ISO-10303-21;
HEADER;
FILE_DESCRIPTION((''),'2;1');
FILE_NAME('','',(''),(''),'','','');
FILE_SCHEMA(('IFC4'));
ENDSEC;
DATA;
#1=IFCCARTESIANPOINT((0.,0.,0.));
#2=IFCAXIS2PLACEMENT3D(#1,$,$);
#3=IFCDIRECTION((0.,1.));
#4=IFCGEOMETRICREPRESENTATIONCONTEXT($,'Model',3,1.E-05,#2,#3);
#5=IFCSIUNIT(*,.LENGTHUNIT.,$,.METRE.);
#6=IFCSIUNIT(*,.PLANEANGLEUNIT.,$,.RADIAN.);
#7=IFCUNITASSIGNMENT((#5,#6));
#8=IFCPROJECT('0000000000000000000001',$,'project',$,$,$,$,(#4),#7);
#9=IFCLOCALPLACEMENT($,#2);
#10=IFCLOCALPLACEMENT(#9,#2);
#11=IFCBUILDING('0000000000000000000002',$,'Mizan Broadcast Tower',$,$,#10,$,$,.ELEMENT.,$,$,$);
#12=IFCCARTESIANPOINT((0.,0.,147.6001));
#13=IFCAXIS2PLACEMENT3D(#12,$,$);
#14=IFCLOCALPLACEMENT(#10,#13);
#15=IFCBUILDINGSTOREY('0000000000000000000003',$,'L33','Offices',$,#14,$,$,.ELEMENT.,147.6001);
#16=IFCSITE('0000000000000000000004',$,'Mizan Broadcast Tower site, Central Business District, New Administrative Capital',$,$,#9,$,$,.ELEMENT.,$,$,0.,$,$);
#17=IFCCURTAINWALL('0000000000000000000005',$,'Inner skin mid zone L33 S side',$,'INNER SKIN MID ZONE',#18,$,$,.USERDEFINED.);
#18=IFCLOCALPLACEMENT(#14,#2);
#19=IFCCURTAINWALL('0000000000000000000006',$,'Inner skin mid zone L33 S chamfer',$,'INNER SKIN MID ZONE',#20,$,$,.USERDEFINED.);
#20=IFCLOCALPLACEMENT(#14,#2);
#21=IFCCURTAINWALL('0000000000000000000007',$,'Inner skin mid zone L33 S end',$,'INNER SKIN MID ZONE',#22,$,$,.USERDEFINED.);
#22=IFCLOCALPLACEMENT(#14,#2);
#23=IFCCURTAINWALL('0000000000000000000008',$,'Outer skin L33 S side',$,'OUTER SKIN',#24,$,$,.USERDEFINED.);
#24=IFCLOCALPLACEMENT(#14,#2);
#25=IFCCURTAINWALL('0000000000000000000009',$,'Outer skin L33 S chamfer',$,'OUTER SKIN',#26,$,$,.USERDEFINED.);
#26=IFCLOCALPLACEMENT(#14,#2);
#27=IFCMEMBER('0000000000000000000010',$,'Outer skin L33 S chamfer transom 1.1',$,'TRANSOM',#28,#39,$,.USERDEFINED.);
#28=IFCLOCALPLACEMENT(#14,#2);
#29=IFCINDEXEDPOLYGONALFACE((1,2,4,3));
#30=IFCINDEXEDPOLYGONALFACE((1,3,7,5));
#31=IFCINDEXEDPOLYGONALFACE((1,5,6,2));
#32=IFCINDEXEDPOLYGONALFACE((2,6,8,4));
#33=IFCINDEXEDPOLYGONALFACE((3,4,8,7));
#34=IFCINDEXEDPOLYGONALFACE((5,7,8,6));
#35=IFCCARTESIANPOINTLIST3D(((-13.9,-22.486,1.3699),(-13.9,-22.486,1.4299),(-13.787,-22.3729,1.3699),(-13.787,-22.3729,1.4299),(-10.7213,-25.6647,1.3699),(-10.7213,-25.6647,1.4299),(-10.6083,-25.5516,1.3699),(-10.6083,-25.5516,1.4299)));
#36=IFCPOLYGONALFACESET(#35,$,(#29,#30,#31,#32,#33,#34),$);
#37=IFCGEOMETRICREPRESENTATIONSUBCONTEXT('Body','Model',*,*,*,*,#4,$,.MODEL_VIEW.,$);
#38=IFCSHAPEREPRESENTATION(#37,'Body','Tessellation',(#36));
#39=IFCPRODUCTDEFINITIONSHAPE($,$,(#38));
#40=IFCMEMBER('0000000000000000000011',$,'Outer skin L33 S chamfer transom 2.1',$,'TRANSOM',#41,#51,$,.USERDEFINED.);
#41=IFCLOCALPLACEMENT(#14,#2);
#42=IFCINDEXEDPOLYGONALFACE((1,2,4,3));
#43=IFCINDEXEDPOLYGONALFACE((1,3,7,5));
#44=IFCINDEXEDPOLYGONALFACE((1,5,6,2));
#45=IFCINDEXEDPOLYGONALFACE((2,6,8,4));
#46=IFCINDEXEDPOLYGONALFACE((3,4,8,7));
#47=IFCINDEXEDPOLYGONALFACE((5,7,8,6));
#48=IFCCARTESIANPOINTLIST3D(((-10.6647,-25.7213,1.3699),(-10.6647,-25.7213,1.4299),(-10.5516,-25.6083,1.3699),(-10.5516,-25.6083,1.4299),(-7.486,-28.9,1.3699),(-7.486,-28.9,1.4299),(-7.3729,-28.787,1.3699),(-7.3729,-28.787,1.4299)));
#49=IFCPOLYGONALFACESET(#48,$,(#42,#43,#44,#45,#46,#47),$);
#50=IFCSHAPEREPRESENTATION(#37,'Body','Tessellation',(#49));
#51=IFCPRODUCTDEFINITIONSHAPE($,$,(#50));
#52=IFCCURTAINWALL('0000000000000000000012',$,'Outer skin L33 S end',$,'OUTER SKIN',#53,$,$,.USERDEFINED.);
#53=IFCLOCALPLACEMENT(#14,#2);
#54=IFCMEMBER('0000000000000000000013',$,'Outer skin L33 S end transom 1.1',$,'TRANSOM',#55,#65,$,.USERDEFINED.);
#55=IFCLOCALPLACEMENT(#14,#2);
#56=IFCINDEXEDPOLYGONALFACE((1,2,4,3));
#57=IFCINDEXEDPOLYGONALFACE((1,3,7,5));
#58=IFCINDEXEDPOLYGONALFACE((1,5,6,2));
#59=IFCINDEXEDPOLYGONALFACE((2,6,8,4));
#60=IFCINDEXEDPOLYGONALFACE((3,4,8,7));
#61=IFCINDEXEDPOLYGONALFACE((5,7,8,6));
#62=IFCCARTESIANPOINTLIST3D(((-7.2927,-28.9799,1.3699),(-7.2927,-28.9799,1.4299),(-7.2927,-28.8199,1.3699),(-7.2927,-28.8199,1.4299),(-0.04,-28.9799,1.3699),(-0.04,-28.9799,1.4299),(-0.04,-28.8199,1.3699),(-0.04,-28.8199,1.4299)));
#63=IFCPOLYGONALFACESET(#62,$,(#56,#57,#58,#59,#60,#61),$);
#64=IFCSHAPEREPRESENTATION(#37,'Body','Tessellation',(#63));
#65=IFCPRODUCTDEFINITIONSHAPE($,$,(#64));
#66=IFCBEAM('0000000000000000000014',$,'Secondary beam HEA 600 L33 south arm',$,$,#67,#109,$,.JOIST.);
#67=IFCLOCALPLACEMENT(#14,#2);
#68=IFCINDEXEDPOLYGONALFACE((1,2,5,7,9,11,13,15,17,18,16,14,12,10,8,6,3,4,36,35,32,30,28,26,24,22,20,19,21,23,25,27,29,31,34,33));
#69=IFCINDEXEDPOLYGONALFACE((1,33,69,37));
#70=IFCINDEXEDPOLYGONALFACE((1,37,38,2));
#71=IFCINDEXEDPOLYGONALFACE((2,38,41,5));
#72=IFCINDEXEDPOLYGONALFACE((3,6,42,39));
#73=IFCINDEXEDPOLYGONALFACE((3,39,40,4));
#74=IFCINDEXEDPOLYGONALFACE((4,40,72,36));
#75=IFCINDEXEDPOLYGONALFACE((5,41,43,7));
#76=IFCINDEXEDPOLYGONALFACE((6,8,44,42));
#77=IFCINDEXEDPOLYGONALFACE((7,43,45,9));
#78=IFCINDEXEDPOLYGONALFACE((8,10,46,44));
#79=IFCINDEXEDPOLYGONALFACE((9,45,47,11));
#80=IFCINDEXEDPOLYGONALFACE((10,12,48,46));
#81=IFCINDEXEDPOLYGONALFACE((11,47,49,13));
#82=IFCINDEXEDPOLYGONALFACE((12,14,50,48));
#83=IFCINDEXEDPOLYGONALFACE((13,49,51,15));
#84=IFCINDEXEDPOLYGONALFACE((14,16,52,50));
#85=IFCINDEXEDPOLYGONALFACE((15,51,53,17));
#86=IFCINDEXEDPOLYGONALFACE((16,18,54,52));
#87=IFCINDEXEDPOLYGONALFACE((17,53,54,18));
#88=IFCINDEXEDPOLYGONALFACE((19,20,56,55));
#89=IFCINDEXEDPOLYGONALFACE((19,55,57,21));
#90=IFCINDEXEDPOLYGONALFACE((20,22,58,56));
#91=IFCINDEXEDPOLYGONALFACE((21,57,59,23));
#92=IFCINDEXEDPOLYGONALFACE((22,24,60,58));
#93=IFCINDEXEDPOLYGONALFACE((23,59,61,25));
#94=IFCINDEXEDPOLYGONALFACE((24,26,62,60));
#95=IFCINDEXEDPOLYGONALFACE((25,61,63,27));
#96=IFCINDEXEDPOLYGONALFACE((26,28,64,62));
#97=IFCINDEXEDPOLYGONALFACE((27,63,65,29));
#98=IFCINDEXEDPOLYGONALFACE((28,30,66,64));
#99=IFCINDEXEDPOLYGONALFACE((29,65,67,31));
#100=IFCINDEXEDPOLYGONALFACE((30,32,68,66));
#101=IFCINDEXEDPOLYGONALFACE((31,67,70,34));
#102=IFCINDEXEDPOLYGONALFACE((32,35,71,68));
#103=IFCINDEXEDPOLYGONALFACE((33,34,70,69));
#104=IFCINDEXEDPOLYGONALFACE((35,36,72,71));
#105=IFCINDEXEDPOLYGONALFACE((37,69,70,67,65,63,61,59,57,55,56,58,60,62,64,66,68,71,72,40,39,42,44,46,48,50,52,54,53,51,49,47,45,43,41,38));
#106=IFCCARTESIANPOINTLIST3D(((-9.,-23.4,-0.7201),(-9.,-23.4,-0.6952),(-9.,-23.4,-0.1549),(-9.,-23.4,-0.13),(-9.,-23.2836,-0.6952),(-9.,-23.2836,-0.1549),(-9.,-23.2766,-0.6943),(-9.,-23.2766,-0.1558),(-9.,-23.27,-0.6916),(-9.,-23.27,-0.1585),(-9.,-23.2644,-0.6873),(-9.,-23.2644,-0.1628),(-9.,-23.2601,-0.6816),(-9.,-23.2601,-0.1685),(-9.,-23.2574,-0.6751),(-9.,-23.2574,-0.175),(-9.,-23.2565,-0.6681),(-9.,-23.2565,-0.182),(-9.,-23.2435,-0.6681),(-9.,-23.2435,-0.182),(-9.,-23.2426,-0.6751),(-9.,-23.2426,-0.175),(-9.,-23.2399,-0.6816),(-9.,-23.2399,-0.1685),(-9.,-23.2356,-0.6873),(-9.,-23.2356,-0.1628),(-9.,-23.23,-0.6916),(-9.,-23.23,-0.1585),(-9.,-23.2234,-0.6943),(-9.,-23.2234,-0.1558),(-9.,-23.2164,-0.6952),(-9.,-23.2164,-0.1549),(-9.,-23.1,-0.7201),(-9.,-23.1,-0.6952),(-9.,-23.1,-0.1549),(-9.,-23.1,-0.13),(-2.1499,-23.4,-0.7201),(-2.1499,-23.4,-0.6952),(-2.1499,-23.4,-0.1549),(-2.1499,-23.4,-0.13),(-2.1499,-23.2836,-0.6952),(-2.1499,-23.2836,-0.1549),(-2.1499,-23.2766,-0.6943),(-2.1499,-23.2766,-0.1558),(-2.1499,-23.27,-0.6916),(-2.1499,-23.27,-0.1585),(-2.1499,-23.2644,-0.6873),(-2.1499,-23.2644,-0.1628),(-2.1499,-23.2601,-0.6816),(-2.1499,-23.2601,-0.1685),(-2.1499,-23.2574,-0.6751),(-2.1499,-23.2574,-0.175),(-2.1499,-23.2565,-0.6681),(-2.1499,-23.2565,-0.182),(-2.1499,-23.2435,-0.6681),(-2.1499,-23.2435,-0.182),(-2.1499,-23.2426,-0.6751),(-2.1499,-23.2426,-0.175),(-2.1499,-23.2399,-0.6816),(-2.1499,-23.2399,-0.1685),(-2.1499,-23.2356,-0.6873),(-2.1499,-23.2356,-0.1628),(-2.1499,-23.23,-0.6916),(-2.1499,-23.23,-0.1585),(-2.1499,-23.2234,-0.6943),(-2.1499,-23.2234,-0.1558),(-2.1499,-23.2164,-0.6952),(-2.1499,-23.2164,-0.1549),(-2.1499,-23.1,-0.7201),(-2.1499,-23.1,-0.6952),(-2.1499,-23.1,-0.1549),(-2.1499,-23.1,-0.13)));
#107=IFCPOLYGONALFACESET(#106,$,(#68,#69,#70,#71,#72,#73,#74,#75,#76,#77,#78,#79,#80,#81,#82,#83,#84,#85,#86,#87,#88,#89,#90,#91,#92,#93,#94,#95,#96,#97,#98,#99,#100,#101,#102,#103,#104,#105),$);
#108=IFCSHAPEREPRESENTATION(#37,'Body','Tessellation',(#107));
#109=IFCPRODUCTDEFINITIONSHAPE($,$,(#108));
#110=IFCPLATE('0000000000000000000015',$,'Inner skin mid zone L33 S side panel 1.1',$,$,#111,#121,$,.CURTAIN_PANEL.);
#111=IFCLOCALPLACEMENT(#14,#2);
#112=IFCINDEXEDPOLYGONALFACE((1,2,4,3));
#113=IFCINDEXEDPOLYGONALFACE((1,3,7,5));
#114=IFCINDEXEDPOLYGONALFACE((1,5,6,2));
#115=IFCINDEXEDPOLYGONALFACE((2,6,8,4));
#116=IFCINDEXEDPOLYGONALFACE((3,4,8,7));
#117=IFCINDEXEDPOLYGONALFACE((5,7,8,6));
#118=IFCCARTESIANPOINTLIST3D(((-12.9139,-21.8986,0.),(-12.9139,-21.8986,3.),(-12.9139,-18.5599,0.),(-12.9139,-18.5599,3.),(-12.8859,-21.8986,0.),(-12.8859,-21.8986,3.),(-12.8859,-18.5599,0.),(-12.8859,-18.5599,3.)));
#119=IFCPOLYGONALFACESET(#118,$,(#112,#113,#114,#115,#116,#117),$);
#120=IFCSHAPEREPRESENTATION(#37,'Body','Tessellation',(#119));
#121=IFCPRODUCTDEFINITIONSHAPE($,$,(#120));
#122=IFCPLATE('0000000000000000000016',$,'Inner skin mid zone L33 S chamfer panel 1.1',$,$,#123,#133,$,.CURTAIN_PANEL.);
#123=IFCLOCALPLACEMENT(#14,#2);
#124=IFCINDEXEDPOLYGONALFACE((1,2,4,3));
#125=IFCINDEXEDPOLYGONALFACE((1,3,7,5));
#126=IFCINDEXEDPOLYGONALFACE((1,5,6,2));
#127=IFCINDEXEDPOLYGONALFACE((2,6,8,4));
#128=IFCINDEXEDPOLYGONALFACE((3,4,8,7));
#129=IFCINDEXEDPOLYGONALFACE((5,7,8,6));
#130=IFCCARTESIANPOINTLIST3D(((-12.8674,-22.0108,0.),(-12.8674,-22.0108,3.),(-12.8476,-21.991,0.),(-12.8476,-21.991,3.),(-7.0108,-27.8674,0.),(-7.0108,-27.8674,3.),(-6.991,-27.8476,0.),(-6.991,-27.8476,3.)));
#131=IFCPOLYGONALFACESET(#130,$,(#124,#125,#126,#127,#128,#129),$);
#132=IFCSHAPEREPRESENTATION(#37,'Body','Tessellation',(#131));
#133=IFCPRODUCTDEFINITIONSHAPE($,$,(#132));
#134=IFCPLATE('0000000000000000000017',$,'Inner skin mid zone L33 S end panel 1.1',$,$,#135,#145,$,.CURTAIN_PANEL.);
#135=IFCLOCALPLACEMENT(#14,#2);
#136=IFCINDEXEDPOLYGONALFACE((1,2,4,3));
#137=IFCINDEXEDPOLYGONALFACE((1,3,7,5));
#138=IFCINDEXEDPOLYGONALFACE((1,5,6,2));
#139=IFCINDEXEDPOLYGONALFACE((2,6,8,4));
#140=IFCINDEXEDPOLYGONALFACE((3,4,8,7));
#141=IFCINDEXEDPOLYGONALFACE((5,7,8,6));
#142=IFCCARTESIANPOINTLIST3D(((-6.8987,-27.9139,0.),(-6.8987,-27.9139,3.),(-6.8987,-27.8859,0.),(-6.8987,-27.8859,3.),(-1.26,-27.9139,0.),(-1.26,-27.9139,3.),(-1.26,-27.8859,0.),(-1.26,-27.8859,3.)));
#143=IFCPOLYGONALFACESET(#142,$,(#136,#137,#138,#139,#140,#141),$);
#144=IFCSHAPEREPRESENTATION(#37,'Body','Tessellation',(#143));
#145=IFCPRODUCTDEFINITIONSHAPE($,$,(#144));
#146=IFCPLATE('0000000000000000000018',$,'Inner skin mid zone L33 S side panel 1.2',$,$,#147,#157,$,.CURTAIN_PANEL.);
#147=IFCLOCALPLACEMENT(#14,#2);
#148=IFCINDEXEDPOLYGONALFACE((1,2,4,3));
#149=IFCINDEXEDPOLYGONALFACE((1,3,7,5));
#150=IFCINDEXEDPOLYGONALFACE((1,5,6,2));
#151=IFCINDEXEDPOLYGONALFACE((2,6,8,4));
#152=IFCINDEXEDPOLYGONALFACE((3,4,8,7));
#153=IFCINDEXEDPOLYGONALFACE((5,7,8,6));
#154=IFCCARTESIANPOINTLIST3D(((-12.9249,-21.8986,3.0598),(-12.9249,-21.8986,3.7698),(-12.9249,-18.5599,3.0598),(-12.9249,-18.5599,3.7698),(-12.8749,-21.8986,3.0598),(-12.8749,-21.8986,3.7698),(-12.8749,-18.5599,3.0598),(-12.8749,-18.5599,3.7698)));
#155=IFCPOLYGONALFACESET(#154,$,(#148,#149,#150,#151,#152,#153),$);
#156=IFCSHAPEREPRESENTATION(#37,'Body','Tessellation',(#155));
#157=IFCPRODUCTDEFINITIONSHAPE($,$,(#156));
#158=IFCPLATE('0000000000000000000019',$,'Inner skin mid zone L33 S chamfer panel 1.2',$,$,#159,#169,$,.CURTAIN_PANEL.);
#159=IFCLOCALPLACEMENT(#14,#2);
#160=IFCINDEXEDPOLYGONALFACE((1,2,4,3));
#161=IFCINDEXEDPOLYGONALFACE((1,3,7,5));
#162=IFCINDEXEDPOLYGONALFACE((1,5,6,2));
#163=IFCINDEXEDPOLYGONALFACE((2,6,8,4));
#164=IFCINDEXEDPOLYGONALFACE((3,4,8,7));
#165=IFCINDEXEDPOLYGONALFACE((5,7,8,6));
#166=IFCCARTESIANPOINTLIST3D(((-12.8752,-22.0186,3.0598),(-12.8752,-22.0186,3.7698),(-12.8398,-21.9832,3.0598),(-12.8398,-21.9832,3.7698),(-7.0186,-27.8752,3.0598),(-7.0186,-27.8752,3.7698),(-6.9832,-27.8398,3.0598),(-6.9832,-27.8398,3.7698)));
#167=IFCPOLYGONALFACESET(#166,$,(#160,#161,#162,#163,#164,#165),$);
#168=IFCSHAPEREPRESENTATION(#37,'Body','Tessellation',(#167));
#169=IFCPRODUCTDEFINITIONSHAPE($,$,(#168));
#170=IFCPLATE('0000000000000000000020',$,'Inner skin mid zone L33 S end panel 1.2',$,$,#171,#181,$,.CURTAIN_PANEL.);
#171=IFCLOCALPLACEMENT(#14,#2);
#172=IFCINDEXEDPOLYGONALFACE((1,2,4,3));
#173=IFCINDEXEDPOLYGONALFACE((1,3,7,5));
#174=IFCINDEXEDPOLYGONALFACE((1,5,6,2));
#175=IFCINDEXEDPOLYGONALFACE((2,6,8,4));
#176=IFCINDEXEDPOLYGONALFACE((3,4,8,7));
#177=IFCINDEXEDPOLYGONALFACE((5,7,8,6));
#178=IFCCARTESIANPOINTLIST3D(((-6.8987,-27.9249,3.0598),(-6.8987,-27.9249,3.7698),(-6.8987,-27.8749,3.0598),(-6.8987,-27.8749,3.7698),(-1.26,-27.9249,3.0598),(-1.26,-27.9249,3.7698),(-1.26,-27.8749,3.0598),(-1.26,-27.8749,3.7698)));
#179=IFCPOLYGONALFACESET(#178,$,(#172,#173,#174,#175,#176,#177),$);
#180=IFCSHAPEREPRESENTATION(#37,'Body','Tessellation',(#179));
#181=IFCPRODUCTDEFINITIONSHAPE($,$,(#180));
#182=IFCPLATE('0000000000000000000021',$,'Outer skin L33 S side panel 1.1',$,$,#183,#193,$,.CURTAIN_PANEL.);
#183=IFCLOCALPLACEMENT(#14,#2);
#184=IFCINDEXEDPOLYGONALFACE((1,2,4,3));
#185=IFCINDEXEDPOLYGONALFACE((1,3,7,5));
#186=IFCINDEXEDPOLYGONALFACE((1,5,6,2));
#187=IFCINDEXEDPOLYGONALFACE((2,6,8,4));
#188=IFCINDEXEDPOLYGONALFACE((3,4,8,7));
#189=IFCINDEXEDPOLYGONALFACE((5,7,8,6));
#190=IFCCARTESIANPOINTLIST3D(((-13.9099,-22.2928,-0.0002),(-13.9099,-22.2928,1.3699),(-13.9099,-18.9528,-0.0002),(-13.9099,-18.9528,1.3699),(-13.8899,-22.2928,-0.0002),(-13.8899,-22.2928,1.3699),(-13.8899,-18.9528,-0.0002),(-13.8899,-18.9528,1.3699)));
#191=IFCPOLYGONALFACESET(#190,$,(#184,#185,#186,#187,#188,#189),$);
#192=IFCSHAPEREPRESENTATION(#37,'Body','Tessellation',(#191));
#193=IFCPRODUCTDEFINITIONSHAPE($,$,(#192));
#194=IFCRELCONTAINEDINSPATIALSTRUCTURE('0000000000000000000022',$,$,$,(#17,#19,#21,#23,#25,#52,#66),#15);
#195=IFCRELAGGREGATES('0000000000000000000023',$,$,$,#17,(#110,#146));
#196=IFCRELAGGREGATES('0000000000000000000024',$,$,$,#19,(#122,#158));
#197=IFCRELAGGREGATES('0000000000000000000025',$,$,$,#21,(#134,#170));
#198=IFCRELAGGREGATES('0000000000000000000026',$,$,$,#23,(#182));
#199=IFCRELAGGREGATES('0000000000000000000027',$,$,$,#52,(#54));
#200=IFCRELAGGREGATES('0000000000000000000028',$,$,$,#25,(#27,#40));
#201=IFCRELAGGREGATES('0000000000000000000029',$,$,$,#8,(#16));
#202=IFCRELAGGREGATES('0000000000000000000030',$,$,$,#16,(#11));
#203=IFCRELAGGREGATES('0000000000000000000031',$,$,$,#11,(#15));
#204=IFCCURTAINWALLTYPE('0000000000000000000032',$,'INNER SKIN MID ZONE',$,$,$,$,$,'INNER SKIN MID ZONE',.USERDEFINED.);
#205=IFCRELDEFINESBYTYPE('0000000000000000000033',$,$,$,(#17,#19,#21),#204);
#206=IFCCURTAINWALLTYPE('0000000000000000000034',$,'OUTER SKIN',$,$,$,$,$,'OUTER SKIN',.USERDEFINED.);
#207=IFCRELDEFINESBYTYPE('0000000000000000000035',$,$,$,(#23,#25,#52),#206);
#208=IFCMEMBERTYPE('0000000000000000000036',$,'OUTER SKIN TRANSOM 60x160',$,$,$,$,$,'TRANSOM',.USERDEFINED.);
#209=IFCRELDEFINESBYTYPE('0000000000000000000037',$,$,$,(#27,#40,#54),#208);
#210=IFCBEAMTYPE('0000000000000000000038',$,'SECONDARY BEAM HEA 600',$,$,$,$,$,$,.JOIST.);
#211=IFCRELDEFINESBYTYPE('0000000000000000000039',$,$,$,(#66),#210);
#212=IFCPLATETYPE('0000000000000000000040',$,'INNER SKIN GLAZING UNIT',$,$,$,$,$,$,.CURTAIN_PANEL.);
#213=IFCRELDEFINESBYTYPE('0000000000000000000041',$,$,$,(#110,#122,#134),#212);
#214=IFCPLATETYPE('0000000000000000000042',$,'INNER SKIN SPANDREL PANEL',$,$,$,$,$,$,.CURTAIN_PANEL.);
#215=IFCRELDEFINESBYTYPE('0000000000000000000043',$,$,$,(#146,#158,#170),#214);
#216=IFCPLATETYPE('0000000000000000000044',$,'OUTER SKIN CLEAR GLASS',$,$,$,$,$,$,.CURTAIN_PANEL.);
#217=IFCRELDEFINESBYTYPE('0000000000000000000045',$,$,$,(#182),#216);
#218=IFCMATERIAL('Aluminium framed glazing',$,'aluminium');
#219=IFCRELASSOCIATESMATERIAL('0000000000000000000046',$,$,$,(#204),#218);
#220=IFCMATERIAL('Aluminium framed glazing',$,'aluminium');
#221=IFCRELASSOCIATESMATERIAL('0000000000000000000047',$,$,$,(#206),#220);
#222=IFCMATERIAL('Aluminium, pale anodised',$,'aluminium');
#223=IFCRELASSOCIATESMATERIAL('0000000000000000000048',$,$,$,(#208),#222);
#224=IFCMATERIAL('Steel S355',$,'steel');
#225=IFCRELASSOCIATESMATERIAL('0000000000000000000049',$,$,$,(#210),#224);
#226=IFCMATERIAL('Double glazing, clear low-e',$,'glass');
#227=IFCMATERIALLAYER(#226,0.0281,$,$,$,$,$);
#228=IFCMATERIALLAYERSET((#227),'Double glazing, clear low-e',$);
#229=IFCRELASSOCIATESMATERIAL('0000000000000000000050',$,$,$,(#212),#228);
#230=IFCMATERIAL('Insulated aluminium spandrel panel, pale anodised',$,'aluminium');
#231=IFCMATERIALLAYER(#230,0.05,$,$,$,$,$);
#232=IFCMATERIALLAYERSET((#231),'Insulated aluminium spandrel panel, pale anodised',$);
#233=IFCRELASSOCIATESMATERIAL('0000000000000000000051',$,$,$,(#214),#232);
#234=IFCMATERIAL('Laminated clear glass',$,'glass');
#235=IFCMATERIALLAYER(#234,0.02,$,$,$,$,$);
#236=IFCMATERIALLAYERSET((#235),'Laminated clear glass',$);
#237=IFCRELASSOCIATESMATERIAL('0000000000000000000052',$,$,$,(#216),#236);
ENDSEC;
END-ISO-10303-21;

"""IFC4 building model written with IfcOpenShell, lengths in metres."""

from ifc_helpers import new_model, si_unit, direction, frame, origin, origin_2d, place, context, subcontext, project, spatial, rectangle, i_section, extrude, material, layer, layer_set, material_profile, profile_set, type_object, element, aggregate, save


model = new_model("IFC4")

# Units and contexts
model_context = context("Model", 3, precision=1e-05, world=origin(), true_north=direction((0.0, 1.0)))
body_context = subcontext(model_context, "Body", "Model", "MODEL_VIEW")
ifc_project = project(units=[si_unit("LENGTHUNIT", "METRE"), si_unit("PLANEANGLEUNIT", "RADIAN")], contexts=[model_context])

# Site, building, storey
site_placement = place(None, origin())
site = spatial("IfcSite", under=ifc_project, at=site_placement, Name="Mizan Broadcast Tower site, Central Business District, New Administrative Capital", CompositionType="ELEMENT", RefElevation=0.0)
building_placement = place(site_placement, origin())
building = spatial("IfcBuilding", under=site, at=building_placement, Name="Mizan Broadcast Tower", CompositionType="ELEMENT")
storey_placement = place(building_placement, frame((0.0, 0.0, 147.6001)))
storey = spatial("IfcBuildingStorey", under=building, at=storey_placement, Name="L33", Description="Offices", CompositionType="ELEMENT", Elevation=147.6001)

# Curtain walls
ifc_material_1 = material(Name="Aluminium framed glazing", Category="aluminium")
curtain_wall_type_1 = type_object("IfcCurtainWallType", Name="INNER SKIN MID ZONE", ElementType="INNER SKIN MID ZONE", PredefinedType="USERDEFINED", material=ifc_material_1)
curtain_wall_1_placement = place(storey_placement, origin())
curtain_wall_1 = element("IfcCurtainWall", 1, at=curtain_wall_1_placement, inside=storey, type_object=curtain_wall_type_1, Name="Inner skin mid zone L33 S side", ObjectType="INNER SKIN MID ZONE", PredefinedType="USERDEFINED")
curtain_wall_2_placement = place(storey_placement, origin())
curtain_wall_2 = element("IfcCurtainWall", 2, at=curtain_wall_2_placement, inside=storey, type_object=curtain_wall_type_1, Name="Inner skin mid zone L33 S chamfer", ObjectType="INNER SKIN MID ZONE", PredefinedType="USERDEFINED")
curtain_wall_3_placement = place(storey_placement, origin())
curtain_wall_3 = element("IfcCurtainWall", 3, at=curtain_wall_3_placement, inside=storey, type_object=curtain_wall_type_1, Name="Inner skin mid zone L33 S end", ObjectType="INNER SKIN MID ZONE", PredefinedType="USERDEFINED")

# Curtain wall
ifc_material_2 = material(Name="Aluminium framed glazing", Category="aluminium")
curtain_wall_type_2 = type_object("IfcCurtainWallType", Name="OUTER SKIN", ElementType="OUTER SKIN", PredefinedType="USERDEFINED", material=ifc_material_2)
curtain_wall_4_placement = place(storey_placement, origin())
curtain_wall_4 = element("IfcCurtainWall", 4, at=curtain_wall_4_placement, inside=storey, type_object=curtain_wall_type_2, Name="Outer skin L33 S side", ObjectType="OUTER SKIN", PredefinedType="USERDEFINED")

# Curtain wall, members
curtain_wall_5_placement = place(storey_placement, origin())
curtain_wall_5 = element("IfcCurtainWall", 5, at=curtain_wall_5_placement, inside=storey, type_object=curtain_wall_type_2, Name="Outer skin L33 S chamfer", ObjectType="OUTER SKIN", PredefinedType="USERDEFINED")
ifc_material_3 = material(Name="Aluminium, pale anodised", Category="aluminium")
ifc_material_profile_1 = material_profile(ifc_material_3, rectangle(XDim=0.1599, YDim=0.0601, at=origin_2d()), Name="TRANSOM 160x60")
ifc_profile_set_1 = profile_set([ifc_material_profile_1], Name="Aluminium, pale anodised")
member_type_1 = type_object("IfcMemberType", Name="OUTER SKIN TRANSOM 60x160", ElementType="TRANSOM", PredefinedType="USERDEFINED", material=ifc_profile_set_1)
member_1_placement = place(storey_placement, frame((-13.8435, -22.4294, 1.3999), z_axis=(0.707107, -0.707107, 0.0), x_axis=(0.707107, 0.707107, 0.0)))
member_1 = element("IfcMember", 6, at=member_1_placement, type_object=member_type_1, Name="Outer skin L33 S chamfer transom 1.1", ObjectType="TRANSOM", PredefinedType="USERDEFINED", context=body_context, shape_type="SweptSolid", body=[
    extrude(rectangle(XDim=0.1599, YDim=0.0601, at=origin_2d()), origin(), (0.0, 0.0, 1.0), 4.4954),
])
member_2_placement = place(storey_placement, frame((-10.6082, -25.6648, 1.3999), z_axis=(0.707107, -0.707107, 0.0), x_axis=(0.707107, 0.707107, 0.0)))
member_2 = element("IfcMember", 7, at=member_2_placement, type_object=member_type_1, Name="Outer skin L33 S chamfer transom 2.1", ObjectType="TRANSOM", PredefinedType="USERDEFINED", context=body_context, shape_type="SweptSolid", body=[
    extrude(rectangle(XDim=0.1599, YDim=0.0601, at=origin_2d()), origin(), (0.0, 0.0, 1.0), 4.4954),
])

# Curtain wall, member
curtain_wall_6_placement = place(storey_placement, origin())
curtain_wall_6 = element("IfcCurtainWall", 8, at=curtain_wall_6_placement, inside=storey, type_object=curtain_wall_type_2, Name="Outer skin L33 S end", ObjectType="OUTER SKIN", PredefinedType="USERDEFINED")
member_3_placement = place(storey_placement, frame((-7.2927, -28.8999, 1.3999), z_axis=(1.0, 0.0, 0.0), x_axis=(0.0, 1.0, 0.0)))
member_3 = element("IfcMember", 9, at=member_3_placement, type_object=member_type_1, Name="Outer skin L33 S end transom 1.1", ObjectType="TRANSOM", PredefinedType="USERDEFINED", context=body_context, shape_type="SweptSolid", body=[
    extrude(rectangle(XDim=0.1599, YDim=0.0601, at=origin_2d()), origin(), (0.0, 0.0, 1.0), 7.2527),
])

# Beam
ifc_material_4 = material(Name="Steel S355", Category="steel")
ifc_material_profile_2 = material_profile(ifc_material_4, i_section(OverallWidth=0.3, OverallDepth=0.5901, WebThickness=0.0129, FlangeThickness=0.0249, FilletRadius=0.0271, at=origin_2d()), Name="HEA 600")
ifc_profile_set_2 = profile_set([ifc_material_profile_2], Name="Steel S355")
beam_type_1 = type_object("IfcBeamType", Name="SECONDARY BEAM HEA 600", PredefinedType="JOIST", material=ifc_profile_set_2)
beam_1_placement = place(storey_placement, frame((-9.0, -23.25, -0.425), z_axis=(1.0, 0.0, 0.0), x_axis=(0.0, 1.0, 0.0)))
element("IfcBeam", 10, at=beam_1_placement, inside=storey, type_object=beam_type_1, Name="Secondary beam HEA 600 L33 south arm", PredefinedType="JOIST", context=body_context, shape_type="SweptSolid", body=[
    extrude(i_section(OverallWidth=0.3, OverallDepth=0.5901, WebThickness=0.0129, FlangeThickness=0.0249, FilletRadius=0.0271, at=origin_2d()), origin(), (0.0, 0.0, 1.0), 6.8501),
])

# Plates
ifc_material_5 = material(Name="Double glazing, clear low-e", Category="glass")
ifc_layer_1 = layer(ifc_material_5, 0.0281)
ifc_layer_set_1 = layer_set([ifc_layer_1], Name="Double glazing, clear low-e")
plate_type_1 = type_object("IfcPlateType", Name="INNER SKIN GLAZING UNIT", PredefinedType="CURTAIN_PANEL", material=ifc_layer_set_1)
plate_1_placement = place(storey_placement, frame((-12.8999, -20.2292, 0.0), z_axis=(0.0, 0.0, 1.0), x_axis=(0.0, -1.0, 0.0)))
plate_1 = element("IfcPlate", 11, at=plate_1_placement, type_object=plate_type_1, Name="Inner skin mid zone L33 S side panel 1.1", PredefinedType="CURTAIN_PANEL", context=body_context, shape_type="SweptSolid", body=[
    extrude(rectangle(XDim=3.3386, YDim=0.0281, at=origin_2d()), origin(), (0.0, 0.0, 1.0), 3.0),
])
plate_2_placement = place(storey_placement, frame((-9.9292, -24.9292, 0.0), z_axis=(0.0, 0.0, 1.0), x_axis=(0.707107, -0.707107, 0.0)))
plate_2 = element("IfcPlate", 12, at=plate_2_placement, type_object=plate_type_1, Name="Inner skin mid zone L33 S chamfer panel 1.1", PredefinedType="CURTAIN_PANEL", context=body_context, shape_type="SweptSolid", body=[
    extrude(rectangle(XDim=8.2825, YDim=0.0281, at=origin_2d()), origin(), (0.0, 0.0, 1.0), 3.0),
])
plate_3_placement = place(storey_placement, frame((-4.0793, -27.8999, 0.0), z_axis=(0.0, 0.0, 1.0), x_axis=(1.0, 0.0, 0.0)))
plate_3 = element("IfcPlate", 13, at=plate_3_placement, type_object=plate_type_1, Name="Inner skin mid zone L33 S end panel 1.1", PredefinedType="CURTAIN_PANEL", context=body_context, shape_type="SweptSolid", body=[
    extrude(rectangle(XDim=5.6387, YDim=0.0281, at=origin_2d()), origin(), (0.0, 0.0, 1.0), 3.0),
])
ifc_material_6 = material(Name="Insulated aluminium spandrel panel, pale anodised", Category="aluminium")
ifc_layer_2 = layer(ifc_material_6, 0.05)
ifc_layer_set_2 = layer_set([ifc_layer_2], Name="Insulated aluminium spandrel panel, pale anodised")
plate_type_2 = type_object("IfcPlateType", Name="INNER SKIN SPANDREL PANEL", PredefinedType="CURTAIN_PANEL", material=ifc_layer_set_2)
plate_4_placement = place(storey_placement, frame((-12.8999, -20.2292, 3.0598), z_axis=(0.0, 0.0, 1.0), x_axis=(0.0, -1.0, 0.0)))
plate_4 = element("IfcPlate", 14, at=plate_4_placement, type_object=plate_type_2, Name="Inner skin mid zone L33 S side panel 1.2", PredefinedType="CURTAIN_PANEL", context=body_context, shape_type="SweptSolid", body=[
    extrude(rectangle(XDim=3.3386, YDim=0.05, at=origin_2d()), origin(), (0.0, 0.0, 1.0), 0.71),
])
aggregate(curtain_wall_1, [plate_1, plate_4])
plate_5_placement = place(storey_placement, frame((-9.9292, -24.9292, 3.0598), z_axis=(0.0, 0.0, 1.0), x_axis=(0.707107, -0.707107, 0.0)))
plate_5 = element("IfcPlate", 15, at=plate_5_placement, type_object=plate_type_2, Name="Inner skin mid zone L33 S chamfer panel 1.2", PredefinedType="CURTAIN_PANEL", context=body_context, shape_type="SweptSolid", body=[
    extrude(rectangle(XDim=8.2825, YDim=0.05, at=origin_2d()), origin(), (0.0, 0.0, 1.0), 0.71),
])
aggregate(curtain_wall_2, [plate_2, plate_5])
plate_6_placement = place(storey_placement, frame((-4.0793, -27.8999, 3.0598), z_axis=(0.0, 0.0, 1.0), x_axis=(1.0, 0.0, 0.0)))
plate_6 = element("IfcPlate", 16, at=plate_6_placement, type_object=plate_type_2, Name="Inner skin mid zone L33 S end panel 1.2", PredefinedType="CURTAIN_PANEL", context=body_context, shape_type="SweptSolid", body=[
    extrude(rectangle(XDim=5.6387, YDim=0.05, at=origin_2d()), origin(), (0.0, 0.0, 1.0), 0.71),
])
aggregate(curtain_wall_3, [plate_3, plate_6])
ifc_material_7 = material(Name="Laminated clear glass", Category="glass")
ifc_layer_3 = layer(ifc_material_7, 0.02)
ifc_layer_set_3 = layer_set([ifc_layer_3], Name="Laminated clear glass")
plate_type_3 = type_object("IfcPlateType", Name="OUTER SKIN CLEAR GLASS", PredefinedType="CURTAIN_PANEL", material=ifc_layer_set_3)
plate_7_placement = place(storey_placement, frame((-13.8999, -20.6228, -0.0002), z_axis=(0.0, 0.0, 1.0), x_axis=(0.0, -1.0, 0.0)))
plate_7 = element("IfcPlate", 17, at=plate_7_placement, type_object=plate_type_3, Name="Outer skin L33 S side panel 1.1", PredefinedType="CURTAIN_PANEL", context=body_context, shape_type="SweptSolid", body=[
    extrude(rectangle(XDim=3.3401, YDim=0.02, at=origin_2d()), origin(), (0.0, 0.0, 1.0), 1.3701),
])
aggregate(curtain_wall_4, [plate_7])
aggregate(curtain_wall_6, [member_3])
aggregate(curtain_wall_5, [member_1, member_2])

save(model, "model.ifc")
